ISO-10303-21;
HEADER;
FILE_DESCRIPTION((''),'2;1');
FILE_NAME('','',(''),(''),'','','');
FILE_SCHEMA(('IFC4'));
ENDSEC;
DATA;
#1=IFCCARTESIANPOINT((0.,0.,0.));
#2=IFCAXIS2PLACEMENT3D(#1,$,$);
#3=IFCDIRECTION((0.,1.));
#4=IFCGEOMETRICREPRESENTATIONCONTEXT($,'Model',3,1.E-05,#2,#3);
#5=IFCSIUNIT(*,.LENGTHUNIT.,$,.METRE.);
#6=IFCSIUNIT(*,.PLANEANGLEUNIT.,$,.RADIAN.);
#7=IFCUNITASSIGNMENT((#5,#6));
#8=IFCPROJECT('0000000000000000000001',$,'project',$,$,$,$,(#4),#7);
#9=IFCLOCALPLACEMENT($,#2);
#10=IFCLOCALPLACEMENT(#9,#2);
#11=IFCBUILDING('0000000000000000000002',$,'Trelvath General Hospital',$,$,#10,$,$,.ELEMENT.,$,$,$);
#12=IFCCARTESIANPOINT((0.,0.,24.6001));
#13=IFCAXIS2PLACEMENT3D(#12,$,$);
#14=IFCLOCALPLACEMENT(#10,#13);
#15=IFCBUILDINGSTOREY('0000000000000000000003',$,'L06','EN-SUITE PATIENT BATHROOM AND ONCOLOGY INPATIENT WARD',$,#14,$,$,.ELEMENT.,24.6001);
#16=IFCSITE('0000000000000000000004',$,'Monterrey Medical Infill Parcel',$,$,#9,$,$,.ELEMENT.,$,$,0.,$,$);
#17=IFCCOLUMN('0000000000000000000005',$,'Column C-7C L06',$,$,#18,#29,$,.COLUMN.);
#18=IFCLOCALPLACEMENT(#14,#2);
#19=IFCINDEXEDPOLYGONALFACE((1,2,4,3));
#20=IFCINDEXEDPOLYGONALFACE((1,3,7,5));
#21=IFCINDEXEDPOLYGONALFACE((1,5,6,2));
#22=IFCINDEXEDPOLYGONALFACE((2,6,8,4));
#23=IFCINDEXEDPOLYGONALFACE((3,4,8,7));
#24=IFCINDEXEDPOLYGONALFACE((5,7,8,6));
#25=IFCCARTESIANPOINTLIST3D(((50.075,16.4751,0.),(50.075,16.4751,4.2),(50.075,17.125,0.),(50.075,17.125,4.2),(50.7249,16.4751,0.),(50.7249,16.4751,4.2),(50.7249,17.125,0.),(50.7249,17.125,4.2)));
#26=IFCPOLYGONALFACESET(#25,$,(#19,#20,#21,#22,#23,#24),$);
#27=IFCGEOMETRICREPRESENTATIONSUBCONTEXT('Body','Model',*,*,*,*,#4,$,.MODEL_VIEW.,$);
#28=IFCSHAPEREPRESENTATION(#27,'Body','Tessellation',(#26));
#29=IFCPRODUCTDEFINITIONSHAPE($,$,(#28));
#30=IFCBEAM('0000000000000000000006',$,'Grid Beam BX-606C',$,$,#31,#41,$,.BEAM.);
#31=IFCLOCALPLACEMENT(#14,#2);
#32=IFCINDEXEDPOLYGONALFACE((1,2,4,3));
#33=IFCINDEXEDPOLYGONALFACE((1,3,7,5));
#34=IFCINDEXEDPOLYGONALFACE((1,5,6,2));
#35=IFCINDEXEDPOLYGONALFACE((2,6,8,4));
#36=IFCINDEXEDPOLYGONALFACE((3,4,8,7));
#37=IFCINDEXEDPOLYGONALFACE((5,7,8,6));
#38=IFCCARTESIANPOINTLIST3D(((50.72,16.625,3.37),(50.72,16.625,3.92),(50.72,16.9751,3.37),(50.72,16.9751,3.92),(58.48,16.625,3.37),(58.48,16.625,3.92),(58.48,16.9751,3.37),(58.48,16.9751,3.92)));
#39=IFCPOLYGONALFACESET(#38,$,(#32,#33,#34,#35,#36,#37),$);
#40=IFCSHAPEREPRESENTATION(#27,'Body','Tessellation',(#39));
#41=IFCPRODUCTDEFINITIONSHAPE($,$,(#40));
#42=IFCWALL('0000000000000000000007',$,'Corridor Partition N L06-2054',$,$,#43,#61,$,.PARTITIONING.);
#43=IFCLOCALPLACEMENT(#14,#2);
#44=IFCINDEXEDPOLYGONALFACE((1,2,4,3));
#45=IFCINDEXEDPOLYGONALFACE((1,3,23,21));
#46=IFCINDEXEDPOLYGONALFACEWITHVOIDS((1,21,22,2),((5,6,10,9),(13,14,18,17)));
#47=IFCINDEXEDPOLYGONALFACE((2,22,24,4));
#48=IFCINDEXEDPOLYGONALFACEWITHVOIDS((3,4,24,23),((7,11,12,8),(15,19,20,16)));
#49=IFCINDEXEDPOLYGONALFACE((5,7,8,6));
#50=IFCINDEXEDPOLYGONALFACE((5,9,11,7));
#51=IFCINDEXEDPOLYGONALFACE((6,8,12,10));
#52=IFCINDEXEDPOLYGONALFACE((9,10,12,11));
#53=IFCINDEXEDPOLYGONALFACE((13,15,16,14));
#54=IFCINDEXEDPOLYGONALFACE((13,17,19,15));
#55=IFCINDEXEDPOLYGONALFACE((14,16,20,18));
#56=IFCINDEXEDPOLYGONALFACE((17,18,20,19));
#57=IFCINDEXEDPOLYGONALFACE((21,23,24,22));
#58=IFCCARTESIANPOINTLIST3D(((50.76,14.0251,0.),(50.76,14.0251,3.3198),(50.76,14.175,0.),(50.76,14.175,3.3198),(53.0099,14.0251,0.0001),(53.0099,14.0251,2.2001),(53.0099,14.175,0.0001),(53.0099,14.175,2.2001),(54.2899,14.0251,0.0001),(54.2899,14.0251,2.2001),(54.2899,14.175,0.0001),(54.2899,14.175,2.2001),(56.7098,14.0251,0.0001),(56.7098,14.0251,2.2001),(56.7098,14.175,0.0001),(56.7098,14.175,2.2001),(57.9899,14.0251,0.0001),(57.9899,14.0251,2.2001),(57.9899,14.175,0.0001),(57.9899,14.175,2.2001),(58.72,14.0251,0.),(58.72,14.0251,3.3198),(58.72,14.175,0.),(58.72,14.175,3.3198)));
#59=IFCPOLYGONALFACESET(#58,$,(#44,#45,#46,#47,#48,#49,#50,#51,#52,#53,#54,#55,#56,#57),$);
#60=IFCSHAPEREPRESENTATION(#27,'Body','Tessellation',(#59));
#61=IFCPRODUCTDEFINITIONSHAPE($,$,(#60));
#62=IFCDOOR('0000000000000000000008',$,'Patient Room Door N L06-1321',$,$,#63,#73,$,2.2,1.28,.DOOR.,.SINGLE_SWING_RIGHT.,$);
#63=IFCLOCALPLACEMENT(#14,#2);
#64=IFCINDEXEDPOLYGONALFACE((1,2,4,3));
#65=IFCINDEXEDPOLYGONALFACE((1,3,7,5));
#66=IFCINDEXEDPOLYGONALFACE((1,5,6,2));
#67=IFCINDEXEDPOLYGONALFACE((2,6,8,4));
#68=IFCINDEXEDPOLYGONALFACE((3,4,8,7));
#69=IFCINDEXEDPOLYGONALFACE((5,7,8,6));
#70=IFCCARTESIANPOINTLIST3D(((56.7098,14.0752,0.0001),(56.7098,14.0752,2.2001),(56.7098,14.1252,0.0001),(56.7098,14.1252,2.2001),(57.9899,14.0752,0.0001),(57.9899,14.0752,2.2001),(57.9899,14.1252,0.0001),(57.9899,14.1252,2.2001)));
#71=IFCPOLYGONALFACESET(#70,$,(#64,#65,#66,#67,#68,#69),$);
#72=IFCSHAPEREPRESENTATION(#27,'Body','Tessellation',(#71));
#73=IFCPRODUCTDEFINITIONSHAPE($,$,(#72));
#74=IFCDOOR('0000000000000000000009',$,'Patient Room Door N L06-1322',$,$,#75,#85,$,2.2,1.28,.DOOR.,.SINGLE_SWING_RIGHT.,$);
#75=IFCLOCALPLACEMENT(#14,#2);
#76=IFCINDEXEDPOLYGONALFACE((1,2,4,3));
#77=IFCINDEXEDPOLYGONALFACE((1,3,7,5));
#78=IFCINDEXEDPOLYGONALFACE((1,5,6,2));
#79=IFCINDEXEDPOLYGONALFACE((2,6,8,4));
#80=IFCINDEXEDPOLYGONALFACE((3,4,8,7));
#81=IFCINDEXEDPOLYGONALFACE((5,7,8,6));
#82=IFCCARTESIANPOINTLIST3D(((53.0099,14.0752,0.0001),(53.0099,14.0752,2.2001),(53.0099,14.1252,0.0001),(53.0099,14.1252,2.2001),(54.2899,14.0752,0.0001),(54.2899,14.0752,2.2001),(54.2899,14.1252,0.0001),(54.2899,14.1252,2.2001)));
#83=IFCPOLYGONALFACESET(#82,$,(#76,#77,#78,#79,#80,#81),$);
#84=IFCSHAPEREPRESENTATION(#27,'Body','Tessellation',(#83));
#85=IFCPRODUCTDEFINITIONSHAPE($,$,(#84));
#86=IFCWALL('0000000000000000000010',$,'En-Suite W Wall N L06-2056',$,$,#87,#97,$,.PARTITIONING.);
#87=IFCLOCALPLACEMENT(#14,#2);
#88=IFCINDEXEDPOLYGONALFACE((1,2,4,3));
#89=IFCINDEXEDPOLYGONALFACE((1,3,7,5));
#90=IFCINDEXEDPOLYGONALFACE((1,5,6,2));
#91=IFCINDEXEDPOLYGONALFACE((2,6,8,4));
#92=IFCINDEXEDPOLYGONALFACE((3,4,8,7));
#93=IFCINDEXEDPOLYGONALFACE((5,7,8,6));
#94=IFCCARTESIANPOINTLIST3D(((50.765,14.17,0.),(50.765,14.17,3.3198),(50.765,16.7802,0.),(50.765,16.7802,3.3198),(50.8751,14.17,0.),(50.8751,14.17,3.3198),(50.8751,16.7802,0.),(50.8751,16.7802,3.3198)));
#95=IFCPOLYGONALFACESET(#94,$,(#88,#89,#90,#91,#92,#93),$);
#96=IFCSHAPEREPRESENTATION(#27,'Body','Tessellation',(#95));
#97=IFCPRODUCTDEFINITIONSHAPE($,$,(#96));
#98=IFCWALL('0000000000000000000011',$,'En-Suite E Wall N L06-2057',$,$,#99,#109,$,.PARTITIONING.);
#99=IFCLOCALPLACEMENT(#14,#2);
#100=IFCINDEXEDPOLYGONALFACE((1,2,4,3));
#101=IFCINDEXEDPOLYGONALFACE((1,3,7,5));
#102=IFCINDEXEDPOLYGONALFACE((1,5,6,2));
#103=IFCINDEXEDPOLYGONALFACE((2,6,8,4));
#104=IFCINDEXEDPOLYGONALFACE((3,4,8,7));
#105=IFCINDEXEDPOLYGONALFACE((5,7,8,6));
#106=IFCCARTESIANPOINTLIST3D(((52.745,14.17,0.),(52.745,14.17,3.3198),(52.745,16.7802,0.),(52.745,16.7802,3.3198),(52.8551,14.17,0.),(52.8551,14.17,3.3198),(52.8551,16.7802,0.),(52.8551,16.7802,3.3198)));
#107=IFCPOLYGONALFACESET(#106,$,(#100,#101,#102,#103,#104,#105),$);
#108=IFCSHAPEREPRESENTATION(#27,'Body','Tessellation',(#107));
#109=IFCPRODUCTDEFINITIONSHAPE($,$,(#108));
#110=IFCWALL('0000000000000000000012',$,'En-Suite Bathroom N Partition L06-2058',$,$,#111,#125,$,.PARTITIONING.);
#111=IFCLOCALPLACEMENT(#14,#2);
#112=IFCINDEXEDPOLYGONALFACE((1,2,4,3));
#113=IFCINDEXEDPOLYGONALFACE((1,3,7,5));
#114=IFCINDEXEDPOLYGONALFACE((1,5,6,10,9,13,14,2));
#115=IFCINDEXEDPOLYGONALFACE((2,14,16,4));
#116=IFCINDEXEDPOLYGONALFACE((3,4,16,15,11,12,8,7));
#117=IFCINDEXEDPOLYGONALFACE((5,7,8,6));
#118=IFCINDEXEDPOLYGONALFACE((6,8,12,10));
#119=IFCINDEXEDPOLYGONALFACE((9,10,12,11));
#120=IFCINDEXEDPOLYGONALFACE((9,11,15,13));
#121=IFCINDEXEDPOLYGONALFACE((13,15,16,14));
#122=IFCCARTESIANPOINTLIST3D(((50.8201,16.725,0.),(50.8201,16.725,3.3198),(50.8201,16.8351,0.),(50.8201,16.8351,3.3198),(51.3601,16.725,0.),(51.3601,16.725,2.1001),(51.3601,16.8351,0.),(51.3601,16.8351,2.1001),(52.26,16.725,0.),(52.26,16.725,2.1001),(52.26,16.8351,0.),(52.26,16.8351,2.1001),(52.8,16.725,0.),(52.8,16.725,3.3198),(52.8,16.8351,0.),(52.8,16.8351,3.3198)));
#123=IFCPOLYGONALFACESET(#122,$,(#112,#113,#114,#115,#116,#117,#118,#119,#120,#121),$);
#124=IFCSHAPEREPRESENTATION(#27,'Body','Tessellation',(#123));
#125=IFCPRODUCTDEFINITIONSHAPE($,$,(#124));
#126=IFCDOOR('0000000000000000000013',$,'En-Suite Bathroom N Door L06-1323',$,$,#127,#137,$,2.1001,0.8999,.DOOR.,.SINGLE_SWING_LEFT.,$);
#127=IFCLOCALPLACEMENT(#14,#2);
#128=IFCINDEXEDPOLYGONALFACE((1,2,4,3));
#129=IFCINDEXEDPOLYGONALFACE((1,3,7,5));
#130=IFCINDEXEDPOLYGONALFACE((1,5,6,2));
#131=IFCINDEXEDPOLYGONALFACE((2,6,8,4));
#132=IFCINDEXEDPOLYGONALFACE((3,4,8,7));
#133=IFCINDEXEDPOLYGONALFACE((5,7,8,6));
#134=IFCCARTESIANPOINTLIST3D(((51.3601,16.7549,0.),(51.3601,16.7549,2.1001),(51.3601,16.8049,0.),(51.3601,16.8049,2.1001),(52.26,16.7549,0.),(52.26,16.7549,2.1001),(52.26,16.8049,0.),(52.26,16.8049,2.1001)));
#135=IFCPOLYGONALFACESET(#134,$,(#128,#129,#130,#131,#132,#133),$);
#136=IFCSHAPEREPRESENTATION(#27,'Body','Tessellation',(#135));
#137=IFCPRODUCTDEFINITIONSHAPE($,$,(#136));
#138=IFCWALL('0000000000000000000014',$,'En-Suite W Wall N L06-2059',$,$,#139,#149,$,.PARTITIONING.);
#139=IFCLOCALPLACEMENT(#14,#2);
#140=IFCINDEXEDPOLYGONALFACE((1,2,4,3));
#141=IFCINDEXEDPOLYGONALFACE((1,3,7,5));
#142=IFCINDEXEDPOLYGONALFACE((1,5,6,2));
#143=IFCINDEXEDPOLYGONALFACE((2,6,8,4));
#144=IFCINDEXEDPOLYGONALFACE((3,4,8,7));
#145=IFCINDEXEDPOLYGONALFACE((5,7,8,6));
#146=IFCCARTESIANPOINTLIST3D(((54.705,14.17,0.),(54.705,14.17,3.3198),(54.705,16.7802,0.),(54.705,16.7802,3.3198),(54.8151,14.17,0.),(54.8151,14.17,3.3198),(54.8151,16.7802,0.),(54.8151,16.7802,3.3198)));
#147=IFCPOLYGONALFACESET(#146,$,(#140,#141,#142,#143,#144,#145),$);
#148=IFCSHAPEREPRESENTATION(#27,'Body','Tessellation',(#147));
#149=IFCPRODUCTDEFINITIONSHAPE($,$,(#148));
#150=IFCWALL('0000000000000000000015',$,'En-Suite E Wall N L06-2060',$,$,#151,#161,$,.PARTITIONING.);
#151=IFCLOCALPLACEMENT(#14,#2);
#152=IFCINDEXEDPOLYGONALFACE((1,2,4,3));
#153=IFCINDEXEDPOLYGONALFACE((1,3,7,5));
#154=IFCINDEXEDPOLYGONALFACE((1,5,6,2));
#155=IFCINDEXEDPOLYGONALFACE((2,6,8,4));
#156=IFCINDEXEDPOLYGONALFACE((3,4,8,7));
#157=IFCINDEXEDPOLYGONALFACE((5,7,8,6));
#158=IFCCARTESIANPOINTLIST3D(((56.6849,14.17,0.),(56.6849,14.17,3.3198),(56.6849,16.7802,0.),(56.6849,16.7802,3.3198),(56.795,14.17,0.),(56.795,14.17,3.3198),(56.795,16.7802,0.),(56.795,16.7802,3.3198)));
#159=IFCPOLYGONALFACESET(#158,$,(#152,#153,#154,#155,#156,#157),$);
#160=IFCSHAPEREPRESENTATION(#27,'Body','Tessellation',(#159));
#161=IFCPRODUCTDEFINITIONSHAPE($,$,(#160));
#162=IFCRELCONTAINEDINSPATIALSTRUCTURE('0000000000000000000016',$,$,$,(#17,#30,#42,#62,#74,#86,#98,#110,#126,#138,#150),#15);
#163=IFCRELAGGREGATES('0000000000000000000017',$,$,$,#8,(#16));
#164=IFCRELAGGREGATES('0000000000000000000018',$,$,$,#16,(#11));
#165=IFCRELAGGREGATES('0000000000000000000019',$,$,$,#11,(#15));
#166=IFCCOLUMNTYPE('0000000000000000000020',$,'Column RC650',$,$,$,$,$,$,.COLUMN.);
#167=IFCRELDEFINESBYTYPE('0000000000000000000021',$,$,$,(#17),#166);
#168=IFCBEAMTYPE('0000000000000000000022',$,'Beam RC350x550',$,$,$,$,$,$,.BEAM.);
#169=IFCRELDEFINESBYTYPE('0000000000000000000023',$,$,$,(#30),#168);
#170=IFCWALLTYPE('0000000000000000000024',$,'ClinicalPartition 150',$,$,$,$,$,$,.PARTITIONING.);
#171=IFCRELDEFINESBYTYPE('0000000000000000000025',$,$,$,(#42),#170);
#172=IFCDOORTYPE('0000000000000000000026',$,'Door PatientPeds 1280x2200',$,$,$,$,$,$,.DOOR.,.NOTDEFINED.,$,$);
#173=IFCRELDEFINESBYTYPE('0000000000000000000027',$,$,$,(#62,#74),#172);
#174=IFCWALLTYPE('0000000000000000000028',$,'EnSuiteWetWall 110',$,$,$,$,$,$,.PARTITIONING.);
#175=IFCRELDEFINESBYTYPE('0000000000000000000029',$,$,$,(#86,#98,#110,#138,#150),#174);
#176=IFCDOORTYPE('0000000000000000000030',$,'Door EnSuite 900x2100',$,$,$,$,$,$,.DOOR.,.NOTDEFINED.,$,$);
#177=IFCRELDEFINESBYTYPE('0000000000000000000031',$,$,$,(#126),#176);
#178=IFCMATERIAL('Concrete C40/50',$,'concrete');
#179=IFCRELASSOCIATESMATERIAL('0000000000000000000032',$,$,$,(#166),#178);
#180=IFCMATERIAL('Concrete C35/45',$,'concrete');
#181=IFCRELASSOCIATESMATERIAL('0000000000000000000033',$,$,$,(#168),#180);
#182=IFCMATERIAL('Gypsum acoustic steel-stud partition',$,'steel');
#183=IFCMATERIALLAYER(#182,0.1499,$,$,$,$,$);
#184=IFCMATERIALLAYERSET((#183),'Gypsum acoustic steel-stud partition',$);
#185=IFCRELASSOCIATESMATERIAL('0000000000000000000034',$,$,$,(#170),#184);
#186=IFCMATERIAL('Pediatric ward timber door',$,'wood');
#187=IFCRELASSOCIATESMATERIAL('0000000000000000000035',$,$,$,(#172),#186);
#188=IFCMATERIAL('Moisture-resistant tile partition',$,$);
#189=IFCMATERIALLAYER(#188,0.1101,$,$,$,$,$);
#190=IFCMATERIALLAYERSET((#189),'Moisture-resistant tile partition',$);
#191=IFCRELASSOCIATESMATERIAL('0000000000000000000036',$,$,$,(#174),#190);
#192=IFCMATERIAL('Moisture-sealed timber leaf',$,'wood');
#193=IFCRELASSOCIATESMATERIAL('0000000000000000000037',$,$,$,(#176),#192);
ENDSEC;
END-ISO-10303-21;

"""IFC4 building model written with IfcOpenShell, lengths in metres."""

from ifc_helpers import new_model, si_unit, direction, frame, frame_2d, origin, origin_2d, place, context, subcontext, project, spatial, rectangle, extrude, material, layer, layer_set, material_profile, profile_set, type_object, element, fill, save


model = new_model("IFC4")

# Units and contexts
model_context = context("Model", 3, precision=1e-05, world=origin(), true_north=direction((0.0, 1.0)))
body_context = subcontext(model_context, "Body", "Model", "MODEL_VIEW")
ifc_project = project(units=[si_unit("LENGTHUNIT", "METRE"), si_unit("PLANEANGLEUNIT", "RADIAN")], contexts=[model_context])

# Site, building, storey
site_placement = place(None, origin())
site = spatial("IfcSite", under=ifc_project, at=site_placement, Name="Monterrey Medical Infill Parcel", CompositionType="ELEMENT", RefElevation=0.0)
building_placement = place(site_placement, origin())
building = spatial("IfcBuilding", under=site, at=building_placement, Name="Trelvath General Hospital", CompositionType="ELEMENT")
storey_placement = place(building_placement, frame((0.0, 0.0, 24.6001)))
storey = spatial("IfcBuildingStorey", under=building, at=storey_placement, Name="L06", Description="EN-SUITE PATIENT BATHROOM AND ONCOLOGY INPATIENT WARD", CompositionType="ELEMENT", Elevation=24.6001)

# Column
ifc_material_1 = material(Name="Concrete C40/50", Category="concrete")
ifc_material_profile_1 = material_profile(ifc_material_1, rectangle(XDim=0.6499, YDim=0.6499, at=origin_2d()), Name="RC650x650")
ifc_profile_set_1 = profile_set([ifc_material_profile_1], Name="Concrete C40/50")
column_type = type_object("IfcColumnType", Name="Column RC650", PredefinedType="COLUMN", material=ifc_profile_set_1)
column_placement = place(storey_placement, frame((50.3999, 16.8, 0.0), z_axis=(0.0, 0.0, 1.0), x_axis=(1.0, 0.0, 0.0)))
element("IfcColumn", 1, at=column_placement, inside=storey, type_object=column_type, Name="Column C-7C L06", PredefinedType="COLUMN", context=body_context, shape_type="SweptSolid", body=[
    extrude(rectangle(XDim=0.6499, YDim=0.6499, at=origin_2d()), origin(), (0.0, 0.0, 1.0), 4.2),
])

# Beam
ifc_material_2 = material(Name="Concrete C35/45", Category="concrete")
ifc_material_profile_2 = material_profile(ifc_material_2, rectangle(XDim=0.3501, YDim=0.55, at=origin_2d()), Name="RCB350x550")
ifc_profile_set_2 = profile_set([ifc_material_profile_2], Name="Concrete C35/45")
beam_type = type_object("IfcBeamType", Name="Beam RC350x550", PredefinedType="BEAM", material=ifc_profile_set_2)
beam_placement = place(storey_placement, frame((50.72, 16.8, 3.645), z_axis=(1.0, 0.0, 0.0), x_axis=(0.0, 1.0, 0.0)))
element("IfcBeam", 2, at=beam_placement, inside=storey, type_object=beam_type, Name="Grid Beam BX-606C", PredefinedType="BEAM", context=body_context, shape_type="SweptSolid", body=[
    extrude(rectangle(XDim=0.3501, YDim=0.55, at=origin_2d()), origin(), (0.0, 0.0, 1.0), 7.76),
])

# Wall, openings, doors
ifc_material_3 = material(Name="Gypsum acoustic steel-stud partition", Category="steel")
ifc_layer_1 = layer(ifc_material_3, 0.1499)
ifc_layer_set_1 = layer_set([ifc_layer_1], Name="Gypsum acoustic steel-stud partition")
wall_type_1 = type_object("IfcWallType", Name="ClinicalPartition 150", PredefinedType="PARTITIONING", material=ifc_layer_set_1)
wall_1_placement = place(storey_placement, frame((58.72, 14.1001, 0.0), z_axis=(0.0, 0.0, 1.0), x_axis=(-1.0, 0.0, 0.0)))
wall_1 = element("IfcWall", 3, at=wall_1_placement, inside=storey, type_object=wall_type_1, Name="Corridor Partition N L06-2054", PredefinedType="PARTITIONING", context=body_context, shape_type="SweptSolid", body=[
    extrude(rectangle(XDim=7.96, YDim=0.1499, at=frame_2d((3.98, 0.0))), origin(), (0.0, 0.0, 1.0), 3.3198),
])
opening_1_placement = place(wall_1_placement, frame((0.73, 0.0, 0.0)))
opening_1 = element("IfcOpeningElement", 4, at=opening_1_placement, cuts=wall_1, PredefinedType="OPENING", context=body_context, shape_type="SweptSolid", body=[
    extrude(rectangle(XDim=1.28, YDim=2.2, at=frame_2d((0.6401, 1.1001))), frame((0.0, 0.085, 0.0), z_axis=(0.0, -1.0, 0.0), x_axis=(1.0, 0.0, 0.0)), (0.0, 0.0, 1.0), 0.1699),
])
opening_2_placement = place(wall_1_placement, frame((4.4299, 0.0, 0.0)))
opening_2 = element("IfcOpeningElement", 5, at=opening_2_placement, cuts=wall_1, PredefinedType="OPENING", context=body_context, shape_type="SweptSolid", body=[
    extrude(rectangle(XDim=1.28, YDim=2.2, at=frame_2d((0.6401, 1.1001))), frame((0.0, 0.085, 0.0), z_axis=(0.0, -1.0, 0.0), x_axis=(1.0, 0.0, 0.0)), (0.0, 0.0, 1.0), 0.1699),
])
ifc_material_4 = material(Name="Pediatric ward timber door", Category="wood")
door_type_1 = type_object("IfcDoorType", Name="Door PatientPeds 1280x2200", OperationType="NOTDEFINED", PredefinedType="DOOR", material=ifc_material_4)
door_1_placement = place(opening_1_placement, origin())
door_1 = element("IfcDoor", 6, at=door_1_placement, inside=storey, type_object=door_type_1, Name="Patient Room Door N L06-1321", OperationType="SINGLE_SWING_RIGHT", OverallHeight=2.2, OverallWidth=1.28, PredefinedType="DOOR", context=body_context, shape_type="SweptSolid", body=[
    extrude(rectangle(XDim=1.28, YDim=2.2, at=frame_2d((0.6401, 1.1001))), frame((0.0, 0.0249, 0.0), z_axis=(0.0, -1.0, 0.0), x_axis=(1.0, 0.0, 0.0)), (0.0, 0.0, 1.0), 0.05),
])
fill(opening_1, door_1)
door_2_placement = place(opening_2_placement, origin())
door_2 = element("IfcDoor", 7, at=door_2_placement, inside=storey, type_object=door_type_1, Name="Patient Room Door N L06-1322", OperationType="SINGLE_SWING_RIGHT", OverallHeight=2.2, OverallWidth=1.28, PredefinedType="DOOR", context=body_context, shape_type="SweptSolid", body=[
    extrude(rectangle(XDim=1.28, YDim=2.2, at=frame_2d((0.6401, 1.1001))), frame((0.0, 0.0249, 0.0), z_axis=(0.0, -1.0, 0.0), x_axis=(1.0, 0.0, 0.0)), (0.0, 0.0, 1.0), 0.05),
])
fill(opening_2, door_2)

# Walls
ifc_material_5 = material(Name="Moisture-resistant tile partition")
ifc_layer_2 = layer(ifc_material_5, 0.1101)
ifc_layer_set_2 = layer_set([ifc_layer_2], Name="Moisture-resistant tile partition")
wall_type_2 = type_object("IfcWallType", Name="EnSuiteWetWall 110", PredefinedType="PARTITIONING", material=ifc_layer_set_2)
for number, where, z_axis, x_axis, name in (
    (8, (50.8201, 14.1699, 0.0), (0.0, 0.0, 1.0), (0.0, 1.0, 0.0), "En-Suite W Wall N L06-2056"),
    (9, (52.8, 14.1699, 0.0), (0.0, 0.0, 1.0), (0.0, 1.0, 0.0), "En-Suite E Wall N L06-2057"),
):
    element("IfcWall", number, at=place(storey_placement, frame(where, z_axis=z_axis, x_axis=x_axis)), inside=storey, type_object=wall_type_2, Name=name, PredefinedType="PARTITIONING", context=body_context, shape_type="SweptSolid", body=[
        extrude(rectangle(XDim=2.6101, YDim=0.1101, at=frame_2d((1.3052, 0.0))), origin(), (0.0, 0.0, 1.0), 3.3198),
    ])

# Wall, opening, door
wall_2_placement = place(storey_placement, frame((50.8201, 16.78, 0.0), z_axis=(0.0, 0.0, 1.0), x_axis=(1.0, 0.0, 0.0)))
wall_2 = element("IfcWall", 10, at=wall_2_placement, inside=storey, type_object=wall_type_2, Name="En-Suite Bathroom N Partition L06-2058", PredefinedType="PARTITIONING", context=body_context, shape_type="SweptSolid", body=[
    extrude(rectangle(XDim=1.98, YDim=0.1101, at=frame_2d((0.99, 0.0))), origin(), (0.0, 0.0, 1.0), 3.3198),
])
opening_3_placement = place(wall_2_placement, frame((0.54, 0.0, 0.0)))
opening_3 = element("IfcOpeningElement", 11, at=opening_3_placement, cuts=wall_2, PredefinedType="OPENING", context=body_context, shape_type="SweptSolid", body=[
    extrude(rectangle(XDim=0.8999, YDim=2.1001, at=frame_2d((0.45, 1.05))), frame((0.0, 0.0649, 0.0), z_axis=(0.0, -1.0, 0.0), x_axis=(1.0, 0.0, 0.0)), (0.0, 0.0, 1.0), 0.1301),
])
ifc_material_6 = material(Name="Moisture-sealed timber leaf", Category="wood")
door_type_2 = type_object("IfcDoorType", Name="Door EnSuite 900x2100", OperationType="NOTDEFINED", PredefinedType="DOOR", material=ifc_material_6)
door_3_placement = place(opening_3_placement, origin())
door_3 = element("IfcDoor", 12, at=door_3_placement, inside=storey, type_object=door_type_2, Name="En-Suite Bathroom N Door L06-1323", OperationType="SINGLE_SWING_LEFT", OverallHeight=2.1001, OverallWidth=0.8999, PredefinedType="DOOR", context=body_context, shape_type="SweptSolid", body=[
    extrude(rectangle(XDim=0.8999, YDim=2.1001, at=frame_2d((0.45, 1.05))), frame((0.0, 0.0249, 0.0), z_axis=(0.0, -1.0, 0.0), x_axis=(1.0, 0.0, 0.0)), (0.0, 0.0, 1.0), 0.05),
])
fill(opening_3, door_3)

# Walls
for number, where, z_axis, x_axis, name in (
    (13, (54.76, 14.1699, 0.0), (0.0, 0.0, 1.0), (0.0, 1.0, 0.0), "En-Suite W Wall N L06-2059"),
    (14, (56.74, 14.1699, 0.0), (0.0, 0.0, 1.0), (0.0, 1.0, 0.0), "En-Suite E Wall N L06-2060"),
):
    element("IfcWall", number, at=place(storey_placement, frame(where, z_axis=z_axis, x_axis=x_axis)), inside=storey, type_object=wall_type_2, Name=name, PredefinedType="PARTITIONING", context=body_context, shape_type="SweptSolid", body=[
        extrude(rectangle(XDim=2.6101, YDim=0.1101, at=frame_2d((1.3052, 0.0))), origin(), (0.0, 0.0, 1.0), 3.3198),
    ])

save(model, "model.ifc")
